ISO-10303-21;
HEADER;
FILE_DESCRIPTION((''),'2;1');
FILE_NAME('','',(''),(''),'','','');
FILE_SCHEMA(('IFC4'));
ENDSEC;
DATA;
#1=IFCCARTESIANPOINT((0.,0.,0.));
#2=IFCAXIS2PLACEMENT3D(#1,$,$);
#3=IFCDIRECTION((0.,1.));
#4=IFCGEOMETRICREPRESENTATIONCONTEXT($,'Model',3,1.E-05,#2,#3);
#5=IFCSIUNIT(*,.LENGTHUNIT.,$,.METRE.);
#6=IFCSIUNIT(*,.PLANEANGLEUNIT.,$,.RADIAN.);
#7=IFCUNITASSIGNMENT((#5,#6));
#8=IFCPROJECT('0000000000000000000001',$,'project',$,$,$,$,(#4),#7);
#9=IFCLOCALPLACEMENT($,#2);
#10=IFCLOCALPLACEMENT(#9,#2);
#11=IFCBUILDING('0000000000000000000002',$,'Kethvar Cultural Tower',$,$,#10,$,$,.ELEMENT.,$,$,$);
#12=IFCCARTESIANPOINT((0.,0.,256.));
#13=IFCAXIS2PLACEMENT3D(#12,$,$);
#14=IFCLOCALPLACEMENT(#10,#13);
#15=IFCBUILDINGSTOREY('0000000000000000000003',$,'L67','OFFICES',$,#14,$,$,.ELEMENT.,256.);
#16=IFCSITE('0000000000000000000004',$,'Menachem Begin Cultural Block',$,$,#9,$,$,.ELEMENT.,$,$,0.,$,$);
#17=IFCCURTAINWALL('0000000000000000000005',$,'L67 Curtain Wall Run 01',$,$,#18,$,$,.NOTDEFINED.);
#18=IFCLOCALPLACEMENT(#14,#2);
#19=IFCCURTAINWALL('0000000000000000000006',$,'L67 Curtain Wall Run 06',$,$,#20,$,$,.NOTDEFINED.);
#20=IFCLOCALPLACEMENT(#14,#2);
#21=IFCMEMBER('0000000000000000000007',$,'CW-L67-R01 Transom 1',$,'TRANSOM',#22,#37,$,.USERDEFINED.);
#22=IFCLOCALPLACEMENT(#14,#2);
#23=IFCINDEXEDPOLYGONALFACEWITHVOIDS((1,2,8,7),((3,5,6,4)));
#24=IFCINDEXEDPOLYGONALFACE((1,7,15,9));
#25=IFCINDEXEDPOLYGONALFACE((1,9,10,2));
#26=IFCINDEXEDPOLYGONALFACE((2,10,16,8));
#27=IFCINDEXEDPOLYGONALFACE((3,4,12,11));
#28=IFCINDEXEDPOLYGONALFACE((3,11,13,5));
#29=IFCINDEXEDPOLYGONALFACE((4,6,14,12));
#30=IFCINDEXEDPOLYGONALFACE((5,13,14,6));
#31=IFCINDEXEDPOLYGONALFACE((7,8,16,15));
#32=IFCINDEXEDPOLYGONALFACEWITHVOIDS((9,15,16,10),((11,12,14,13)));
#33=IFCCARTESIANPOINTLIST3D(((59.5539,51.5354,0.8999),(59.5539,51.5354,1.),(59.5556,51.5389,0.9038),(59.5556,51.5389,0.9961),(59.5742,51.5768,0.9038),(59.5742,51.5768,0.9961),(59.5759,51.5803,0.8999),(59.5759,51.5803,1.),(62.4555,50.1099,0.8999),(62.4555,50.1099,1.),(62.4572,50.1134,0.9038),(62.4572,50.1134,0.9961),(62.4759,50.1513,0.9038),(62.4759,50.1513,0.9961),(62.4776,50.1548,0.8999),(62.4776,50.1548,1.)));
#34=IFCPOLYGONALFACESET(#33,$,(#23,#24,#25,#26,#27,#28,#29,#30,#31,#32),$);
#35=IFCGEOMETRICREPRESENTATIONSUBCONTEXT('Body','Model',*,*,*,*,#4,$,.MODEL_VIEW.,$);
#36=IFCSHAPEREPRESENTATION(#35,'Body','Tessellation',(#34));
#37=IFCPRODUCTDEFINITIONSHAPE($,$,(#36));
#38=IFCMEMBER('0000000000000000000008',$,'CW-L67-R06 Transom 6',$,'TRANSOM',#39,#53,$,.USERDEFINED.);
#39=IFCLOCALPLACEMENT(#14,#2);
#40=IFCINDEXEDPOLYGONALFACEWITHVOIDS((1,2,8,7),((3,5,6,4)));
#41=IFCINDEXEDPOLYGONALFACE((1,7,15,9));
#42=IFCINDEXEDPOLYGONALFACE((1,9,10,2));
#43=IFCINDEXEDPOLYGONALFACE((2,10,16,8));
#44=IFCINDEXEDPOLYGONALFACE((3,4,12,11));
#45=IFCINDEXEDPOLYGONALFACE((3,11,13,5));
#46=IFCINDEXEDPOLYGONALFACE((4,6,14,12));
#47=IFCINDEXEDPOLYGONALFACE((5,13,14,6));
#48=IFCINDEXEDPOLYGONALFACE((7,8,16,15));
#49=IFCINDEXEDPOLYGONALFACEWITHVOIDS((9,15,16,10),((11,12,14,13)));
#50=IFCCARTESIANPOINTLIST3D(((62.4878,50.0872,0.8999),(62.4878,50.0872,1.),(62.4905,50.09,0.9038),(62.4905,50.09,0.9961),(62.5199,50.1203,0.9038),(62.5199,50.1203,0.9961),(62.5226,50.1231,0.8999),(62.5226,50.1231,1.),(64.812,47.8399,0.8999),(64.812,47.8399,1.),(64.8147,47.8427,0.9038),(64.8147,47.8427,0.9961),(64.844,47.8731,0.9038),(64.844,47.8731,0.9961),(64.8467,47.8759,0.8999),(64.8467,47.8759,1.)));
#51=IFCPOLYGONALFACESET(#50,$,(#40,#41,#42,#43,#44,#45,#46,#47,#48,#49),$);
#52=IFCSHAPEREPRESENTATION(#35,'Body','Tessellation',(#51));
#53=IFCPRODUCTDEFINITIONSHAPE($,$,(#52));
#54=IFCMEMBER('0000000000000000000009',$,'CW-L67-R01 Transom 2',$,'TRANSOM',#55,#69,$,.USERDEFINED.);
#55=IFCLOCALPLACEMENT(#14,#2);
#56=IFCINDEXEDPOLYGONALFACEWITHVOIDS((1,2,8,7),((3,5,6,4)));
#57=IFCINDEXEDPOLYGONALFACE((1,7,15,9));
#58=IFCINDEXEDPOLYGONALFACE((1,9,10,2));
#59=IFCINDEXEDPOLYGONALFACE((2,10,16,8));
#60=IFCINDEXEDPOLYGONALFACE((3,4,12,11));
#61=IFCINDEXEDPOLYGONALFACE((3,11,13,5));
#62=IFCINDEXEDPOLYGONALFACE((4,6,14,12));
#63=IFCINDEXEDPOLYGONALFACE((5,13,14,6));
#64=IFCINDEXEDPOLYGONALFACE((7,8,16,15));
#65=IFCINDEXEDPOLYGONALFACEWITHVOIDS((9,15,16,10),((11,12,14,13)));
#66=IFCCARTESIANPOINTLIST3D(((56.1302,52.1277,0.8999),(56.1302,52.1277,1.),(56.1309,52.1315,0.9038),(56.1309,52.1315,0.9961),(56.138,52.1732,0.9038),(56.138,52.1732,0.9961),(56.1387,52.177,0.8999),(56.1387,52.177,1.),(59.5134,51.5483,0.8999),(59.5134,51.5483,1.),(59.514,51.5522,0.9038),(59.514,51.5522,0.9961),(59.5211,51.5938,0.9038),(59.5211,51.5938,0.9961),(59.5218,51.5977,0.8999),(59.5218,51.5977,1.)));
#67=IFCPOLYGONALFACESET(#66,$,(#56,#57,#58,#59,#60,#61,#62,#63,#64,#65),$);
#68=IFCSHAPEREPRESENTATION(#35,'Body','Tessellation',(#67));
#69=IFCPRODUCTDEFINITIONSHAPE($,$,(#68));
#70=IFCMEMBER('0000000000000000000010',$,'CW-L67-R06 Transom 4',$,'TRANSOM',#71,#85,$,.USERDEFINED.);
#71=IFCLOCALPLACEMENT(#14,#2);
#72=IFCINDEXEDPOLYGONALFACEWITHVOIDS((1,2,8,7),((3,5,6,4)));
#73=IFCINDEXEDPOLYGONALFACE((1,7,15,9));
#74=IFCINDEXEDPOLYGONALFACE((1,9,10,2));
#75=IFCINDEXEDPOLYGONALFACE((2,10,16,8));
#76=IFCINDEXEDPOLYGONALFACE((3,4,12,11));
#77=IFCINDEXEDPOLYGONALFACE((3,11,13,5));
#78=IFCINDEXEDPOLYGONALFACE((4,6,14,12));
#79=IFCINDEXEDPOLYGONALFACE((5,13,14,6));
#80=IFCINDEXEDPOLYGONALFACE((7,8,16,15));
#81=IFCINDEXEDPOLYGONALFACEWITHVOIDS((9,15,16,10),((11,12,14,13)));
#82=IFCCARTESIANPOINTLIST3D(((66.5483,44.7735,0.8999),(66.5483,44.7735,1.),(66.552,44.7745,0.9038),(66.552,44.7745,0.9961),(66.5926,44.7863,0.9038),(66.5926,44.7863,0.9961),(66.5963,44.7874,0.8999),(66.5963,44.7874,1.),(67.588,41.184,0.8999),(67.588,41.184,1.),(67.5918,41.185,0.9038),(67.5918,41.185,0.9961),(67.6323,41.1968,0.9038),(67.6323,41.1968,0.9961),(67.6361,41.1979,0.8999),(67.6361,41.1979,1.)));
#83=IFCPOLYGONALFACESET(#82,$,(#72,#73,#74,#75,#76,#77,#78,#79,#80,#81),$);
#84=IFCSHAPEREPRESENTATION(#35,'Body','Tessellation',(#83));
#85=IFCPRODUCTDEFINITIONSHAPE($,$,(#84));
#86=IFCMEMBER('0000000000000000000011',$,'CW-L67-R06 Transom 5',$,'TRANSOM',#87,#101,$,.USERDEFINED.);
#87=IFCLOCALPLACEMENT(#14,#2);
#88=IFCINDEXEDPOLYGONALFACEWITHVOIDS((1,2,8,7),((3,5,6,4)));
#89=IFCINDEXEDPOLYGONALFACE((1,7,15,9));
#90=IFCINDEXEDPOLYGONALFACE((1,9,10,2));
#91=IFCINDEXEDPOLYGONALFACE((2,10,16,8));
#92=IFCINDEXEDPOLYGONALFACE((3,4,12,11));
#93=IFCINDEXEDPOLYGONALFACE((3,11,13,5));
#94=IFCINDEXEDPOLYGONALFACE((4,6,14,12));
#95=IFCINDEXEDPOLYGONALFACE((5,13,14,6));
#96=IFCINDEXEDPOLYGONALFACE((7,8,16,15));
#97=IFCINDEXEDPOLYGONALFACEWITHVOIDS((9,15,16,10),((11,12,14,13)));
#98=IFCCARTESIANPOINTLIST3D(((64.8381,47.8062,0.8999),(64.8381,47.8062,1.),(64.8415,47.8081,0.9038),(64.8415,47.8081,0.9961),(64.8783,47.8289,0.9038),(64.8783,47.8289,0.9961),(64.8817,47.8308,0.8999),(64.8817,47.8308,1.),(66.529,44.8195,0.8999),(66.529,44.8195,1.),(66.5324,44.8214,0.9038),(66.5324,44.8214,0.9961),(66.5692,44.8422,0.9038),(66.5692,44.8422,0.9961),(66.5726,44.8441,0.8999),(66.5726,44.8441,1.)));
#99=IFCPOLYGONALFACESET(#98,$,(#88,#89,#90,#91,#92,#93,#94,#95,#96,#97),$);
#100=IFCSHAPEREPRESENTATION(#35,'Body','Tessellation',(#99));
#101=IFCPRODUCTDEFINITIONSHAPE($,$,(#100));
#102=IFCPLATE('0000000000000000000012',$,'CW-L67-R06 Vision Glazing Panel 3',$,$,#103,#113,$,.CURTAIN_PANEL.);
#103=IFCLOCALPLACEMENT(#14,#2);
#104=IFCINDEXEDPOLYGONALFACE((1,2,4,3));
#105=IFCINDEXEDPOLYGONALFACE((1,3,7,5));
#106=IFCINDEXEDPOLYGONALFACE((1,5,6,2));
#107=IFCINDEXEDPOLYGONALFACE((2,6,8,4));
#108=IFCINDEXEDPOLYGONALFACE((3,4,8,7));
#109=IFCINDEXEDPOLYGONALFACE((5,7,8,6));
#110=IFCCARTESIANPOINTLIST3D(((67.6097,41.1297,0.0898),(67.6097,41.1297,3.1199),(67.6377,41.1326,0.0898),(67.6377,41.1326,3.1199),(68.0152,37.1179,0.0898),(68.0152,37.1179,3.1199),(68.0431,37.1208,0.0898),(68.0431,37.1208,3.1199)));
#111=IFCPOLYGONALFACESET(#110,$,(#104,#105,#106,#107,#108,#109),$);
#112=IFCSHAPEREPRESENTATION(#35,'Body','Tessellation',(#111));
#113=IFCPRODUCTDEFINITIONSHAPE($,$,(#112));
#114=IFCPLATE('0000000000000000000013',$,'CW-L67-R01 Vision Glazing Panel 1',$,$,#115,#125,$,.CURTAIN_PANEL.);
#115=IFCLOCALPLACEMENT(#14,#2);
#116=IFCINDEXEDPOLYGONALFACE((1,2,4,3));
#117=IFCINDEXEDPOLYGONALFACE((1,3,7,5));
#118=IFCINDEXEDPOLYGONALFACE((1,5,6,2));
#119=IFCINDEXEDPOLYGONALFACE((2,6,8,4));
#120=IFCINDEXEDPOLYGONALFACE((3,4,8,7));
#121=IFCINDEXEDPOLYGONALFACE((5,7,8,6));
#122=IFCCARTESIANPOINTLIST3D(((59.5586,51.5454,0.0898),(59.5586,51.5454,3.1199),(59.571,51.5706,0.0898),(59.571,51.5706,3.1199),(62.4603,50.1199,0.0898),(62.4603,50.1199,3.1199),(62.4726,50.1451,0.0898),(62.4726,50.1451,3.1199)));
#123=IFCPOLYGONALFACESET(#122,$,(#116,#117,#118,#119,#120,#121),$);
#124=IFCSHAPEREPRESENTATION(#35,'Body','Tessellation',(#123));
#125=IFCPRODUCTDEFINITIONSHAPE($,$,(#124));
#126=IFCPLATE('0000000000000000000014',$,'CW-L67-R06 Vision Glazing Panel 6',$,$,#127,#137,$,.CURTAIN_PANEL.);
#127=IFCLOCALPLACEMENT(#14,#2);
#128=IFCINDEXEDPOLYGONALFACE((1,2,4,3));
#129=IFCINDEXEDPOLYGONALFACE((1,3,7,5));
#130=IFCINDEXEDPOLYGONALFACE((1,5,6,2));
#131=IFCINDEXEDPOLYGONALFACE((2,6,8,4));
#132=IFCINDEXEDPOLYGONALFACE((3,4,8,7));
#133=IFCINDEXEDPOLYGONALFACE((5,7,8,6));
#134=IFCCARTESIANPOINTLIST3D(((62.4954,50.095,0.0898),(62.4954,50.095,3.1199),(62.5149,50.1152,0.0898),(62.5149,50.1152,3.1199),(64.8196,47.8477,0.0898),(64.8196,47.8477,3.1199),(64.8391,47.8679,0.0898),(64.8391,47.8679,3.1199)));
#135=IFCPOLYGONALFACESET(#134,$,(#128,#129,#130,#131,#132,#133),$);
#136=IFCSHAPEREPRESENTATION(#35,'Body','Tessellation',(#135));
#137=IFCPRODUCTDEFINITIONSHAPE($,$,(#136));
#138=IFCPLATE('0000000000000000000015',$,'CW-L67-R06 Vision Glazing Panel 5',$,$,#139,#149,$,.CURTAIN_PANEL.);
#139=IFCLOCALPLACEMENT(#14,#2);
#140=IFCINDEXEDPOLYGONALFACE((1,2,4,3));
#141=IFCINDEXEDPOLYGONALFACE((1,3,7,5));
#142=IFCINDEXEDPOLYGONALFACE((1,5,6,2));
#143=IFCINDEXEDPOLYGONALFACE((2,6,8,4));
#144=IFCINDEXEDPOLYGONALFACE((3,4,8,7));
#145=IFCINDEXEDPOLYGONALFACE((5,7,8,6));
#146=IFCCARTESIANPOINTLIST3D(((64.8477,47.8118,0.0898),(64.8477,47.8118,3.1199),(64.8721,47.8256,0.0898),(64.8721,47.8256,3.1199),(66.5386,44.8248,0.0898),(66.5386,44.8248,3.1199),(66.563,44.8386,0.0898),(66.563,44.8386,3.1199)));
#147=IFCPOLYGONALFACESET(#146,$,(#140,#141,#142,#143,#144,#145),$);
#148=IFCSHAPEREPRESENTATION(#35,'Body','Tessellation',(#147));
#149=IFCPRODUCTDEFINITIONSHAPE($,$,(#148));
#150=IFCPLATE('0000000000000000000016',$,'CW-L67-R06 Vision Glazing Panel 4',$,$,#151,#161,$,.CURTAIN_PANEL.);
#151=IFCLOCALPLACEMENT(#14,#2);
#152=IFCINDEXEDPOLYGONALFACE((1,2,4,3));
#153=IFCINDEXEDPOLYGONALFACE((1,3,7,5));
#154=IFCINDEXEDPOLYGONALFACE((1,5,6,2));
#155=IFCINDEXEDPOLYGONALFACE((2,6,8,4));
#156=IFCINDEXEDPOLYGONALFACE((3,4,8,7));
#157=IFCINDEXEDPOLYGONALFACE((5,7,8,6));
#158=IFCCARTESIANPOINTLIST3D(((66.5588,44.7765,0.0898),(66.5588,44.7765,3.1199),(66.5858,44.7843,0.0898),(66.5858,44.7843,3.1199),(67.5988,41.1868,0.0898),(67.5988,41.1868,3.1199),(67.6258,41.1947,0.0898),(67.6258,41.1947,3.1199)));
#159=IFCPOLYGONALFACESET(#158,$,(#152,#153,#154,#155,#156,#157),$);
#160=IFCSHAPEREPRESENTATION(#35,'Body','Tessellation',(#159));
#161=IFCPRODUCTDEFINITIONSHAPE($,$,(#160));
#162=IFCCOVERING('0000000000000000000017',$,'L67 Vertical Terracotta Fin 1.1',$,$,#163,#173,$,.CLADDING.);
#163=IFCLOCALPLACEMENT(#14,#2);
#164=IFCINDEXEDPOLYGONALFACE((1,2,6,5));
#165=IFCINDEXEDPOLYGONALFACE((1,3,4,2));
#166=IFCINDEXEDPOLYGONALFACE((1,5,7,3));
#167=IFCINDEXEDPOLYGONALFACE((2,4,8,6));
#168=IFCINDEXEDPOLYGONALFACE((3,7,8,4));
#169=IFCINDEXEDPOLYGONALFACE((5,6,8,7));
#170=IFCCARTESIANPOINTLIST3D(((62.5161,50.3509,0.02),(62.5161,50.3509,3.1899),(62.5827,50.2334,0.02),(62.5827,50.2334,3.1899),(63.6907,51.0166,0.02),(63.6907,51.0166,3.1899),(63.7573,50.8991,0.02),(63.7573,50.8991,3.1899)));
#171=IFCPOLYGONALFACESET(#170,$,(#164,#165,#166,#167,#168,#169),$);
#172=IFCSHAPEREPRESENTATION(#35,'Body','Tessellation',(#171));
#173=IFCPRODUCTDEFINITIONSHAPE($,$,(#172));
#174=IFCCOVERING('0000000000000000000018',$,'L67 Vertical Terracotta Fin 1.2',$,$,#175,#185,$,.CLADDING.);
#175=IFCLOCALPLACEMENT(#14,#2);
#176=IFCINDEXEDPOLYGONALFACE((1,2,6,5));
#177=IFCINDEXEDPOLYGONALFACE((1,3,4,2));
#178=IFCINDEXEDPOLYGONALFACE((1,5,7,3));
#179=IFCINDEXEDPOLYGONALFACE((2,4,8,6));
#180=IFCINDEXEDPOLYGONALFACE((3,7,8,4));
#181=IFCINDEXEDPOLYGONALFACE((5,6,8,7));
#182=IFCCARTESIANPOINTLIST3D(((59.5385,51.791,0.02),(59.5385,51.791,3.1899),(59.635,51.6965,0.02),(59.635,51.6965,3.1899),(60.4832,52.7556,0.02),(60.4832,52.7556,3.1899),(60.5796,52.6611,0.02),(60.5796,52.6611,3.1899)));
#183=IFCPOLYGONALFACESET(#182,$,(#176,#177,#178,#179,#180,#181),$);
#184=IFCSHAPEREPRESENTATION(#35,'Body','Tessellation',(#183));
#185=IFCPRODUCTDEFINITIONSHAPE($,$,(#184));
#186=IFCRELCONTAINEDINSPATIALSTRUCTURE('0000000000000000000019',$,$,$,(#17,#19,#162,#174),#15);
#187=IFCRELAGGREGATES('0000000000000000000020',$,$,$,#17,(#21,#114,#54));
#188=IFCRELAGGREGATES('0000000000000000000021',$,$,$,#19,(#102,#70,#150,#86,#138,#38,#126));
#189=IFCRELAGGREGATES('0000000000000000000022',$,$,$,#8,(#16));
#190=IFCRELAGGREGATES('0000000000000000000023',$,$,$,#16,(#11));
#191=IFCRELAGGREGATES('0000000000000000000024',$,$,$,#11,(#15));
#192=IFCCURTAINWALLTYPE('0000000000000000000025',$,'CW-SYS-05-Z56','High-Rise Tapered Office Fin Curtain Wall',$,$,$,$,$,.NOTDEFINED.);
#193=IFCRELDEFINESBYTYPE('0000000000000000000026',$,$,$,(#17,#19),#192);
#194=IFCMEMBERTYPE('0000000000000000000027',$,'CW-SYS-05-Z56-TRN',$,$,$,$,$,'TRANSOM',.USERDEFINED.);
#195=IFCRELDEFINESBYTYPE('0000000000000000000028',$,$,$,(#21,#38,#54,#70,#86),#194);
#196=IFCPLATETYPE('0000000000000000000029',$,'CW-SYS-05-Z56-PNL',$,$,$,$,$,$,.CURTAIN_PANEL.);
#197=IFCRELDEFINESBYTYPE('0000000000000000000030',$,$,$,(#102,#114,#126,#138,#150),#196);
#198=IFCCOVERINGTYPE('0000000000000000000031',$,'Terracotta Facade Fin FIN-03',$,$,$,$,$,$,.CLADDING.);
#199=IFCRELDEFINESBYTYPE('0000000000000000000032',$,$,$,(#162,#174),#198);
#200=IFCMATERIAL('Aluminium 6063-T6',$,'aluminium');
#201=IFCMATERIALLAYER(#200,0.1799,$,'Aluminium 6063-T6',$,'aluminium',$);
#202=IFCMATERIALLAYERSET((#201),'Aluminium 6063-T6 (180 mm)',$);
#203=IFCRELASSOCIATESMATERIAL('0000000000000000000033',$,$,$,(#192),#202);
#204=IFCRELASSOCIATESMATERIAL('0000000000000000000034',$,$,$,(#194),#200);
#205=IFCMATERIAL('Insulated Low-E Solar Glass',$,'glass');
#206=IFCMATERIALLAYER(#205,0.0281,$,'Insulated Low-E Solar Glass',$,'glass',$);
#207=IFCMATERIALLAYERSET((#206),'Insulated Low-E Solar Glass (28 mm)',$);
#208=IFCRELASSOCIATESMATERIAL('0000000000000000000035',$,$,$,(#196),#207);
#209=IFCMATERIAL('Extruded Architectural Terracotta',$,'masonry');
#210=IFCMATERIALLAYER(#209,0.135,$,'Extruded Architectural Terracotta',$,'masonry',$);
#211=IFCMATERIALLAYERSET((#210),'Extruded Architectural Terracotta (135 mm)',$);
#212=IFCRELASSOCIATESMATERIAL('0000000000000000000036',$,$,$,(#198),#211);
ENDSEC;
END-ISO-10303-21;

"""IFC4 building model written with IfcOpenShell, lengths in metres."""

from ifc_helpers import new_model, si_unit, direction, frame, origin, origin_2d, place, context, subcontext, project, spatial, rectangle, hollow_rectangle, extrude, source, transform, mapped, material, layer, layer_set, material_profile, profile_set, type_object, element, aggregate, save


model = new_model("IFC4")

# Units and contexts
model_context = context("Model", 3, precision=1e-05, world=origin(), true_north=direction((0.0, 1.0)))
body_context = subcontext(model_context, "Body", "Model", "MODEL_VIEW")
ifc_project = project(units=[si_unit("LENGTHUNIT", "METRE"), si_unit("PLANEANGLEUNIT", "RADIAN")], contexts=[model_context])

# Site, building, storey
site_placement = place(None, origin())
site = spatial("IfcSite", under=ifc_project, at=site_placement, Name="Menachem Begin Cultural Block", CompositionType="ELEMENT", RefElevation=0.0)
building_placement = place(site_placement, origin())
building = spatial("IfcBuilding", under=site, at=building_placement, Name="Kethvar Cultural Tower", CompositionType="ELEMENT")
storey_placement = place(building_placement, frame((0.0, 0.0, 256.0)))
storey = spatial("IfcBuildingStorey", under=building, at=storey_placement, Name="L67", Description="OFFICES", CompositionType="ELEMENT", Elevation=256.0)

# Curtain walls
ifc_material_1 = material(Name="Aluminium 6063-T6", Category="aluminium")
ifc_layer_1 = layer(ifc_material_1, 0.1799, Name="Aluminium 6063-T6", Category="aluminium")
ifc_layer_set_1 = layer_set([ifc_layer_1], Name="Aluminium 6063-T6 (180 mm)")
curtain_wall_type = type_object("IfcCurtainWallType", Name="CW-SYS-05-Z56", Description="High-Rise Tapered Office Fin Curtain Wall", PredefinedType="NOTDEFINED", material=ifc_layer_set_1)
curtain_wall_1_placement = place(storey_placement, origin())
curtain_wall_1 = element("IfcCurtainWall", 1, at=curtain_wall_1_placement, inside=storey, type_object=curtain_wall_type, Name="L67 Curtain Wall Run 01", PredefinedType="NOTDEFINED")
curtain_wall_2_placement = place(storey_placement, origin())
curtain_wall_2 = element("IfcCurtainWall", 2, at=curtain_wall_2_placement, inside=storey, type_object=curtain_wall_type, Name="L67 Curtain Wall Run 06", PredefinedType="NOTDEFINED")

# Members
ifc_material_profile_1 = material_profile(ifc_material_1, hollow_rectangle(XDim=0.05, YDim=0.1001, WallThickness=0.0039, at=origin_2d()), Name="Aluminium 6063-T6 — RHS100x50x4")
ifc_profile_set_1 = profile_set([ifc_material_profile_1], Name="Aluminium 6063-T6 — RHS100x50x4")
member_type_1 = type_object("IfcMemberType", Name="CW-SYS-05-Z56-TRN", ElementType="TRANSOM", PredefinedType="USERDEFINED", material=ifc_profile_set_1)
shared_shape_1 = source(origin(), body_context, "Body", "SweptSolid", [
    extrude(hollow_rectangle(XDim=0.05, YDim=0.1001, WallThickness=0.0039, at=origin_2d()), origin(), (0.0, 0.0, 1.0), 3.2329),
])
member_1_placement = place(storey_placement, frame((62.4666, 50.1323, 0.95), z_axis=(-0.897532, 0.44095, 0.0), x_axis=(-0.44095, -0.897532, 0.0)))
member_1 = element("IfcMember", 3, at=member_1_placement, type_object=member_type_1, Name="CW-L67-R01 Transom 1", ObjectType="TRANSOM", PredefinedType="USERDEFINED", context=body_context, shape_type="MappedRepresentation", body=[
    mapped(shared_shape_1, transform((0.0, 0.0, 0.0), scale=1.0)),
])
member_2_placement = place(storey_placement, frame((64.8293, 47.8579, 0.95), z_axis=(-0.7189, 0.695113, 0.0), x_axis=(-0.695113, -0.7189, 0.0)))
member_2 = element("IfcMember", 4, at=member_2_placement, type_object=member_type_1, Name="CW-L67-R06 Transom 6", ObjectType="TRANSOM", PredefinedType="USERDEFINED", context=body_context, shape_type="MappedRepresentation", body=[
    mapped(shared_shape_1, transform((0.0, 0.0, 0.0), scale=1.0)),
])
shared_shape_2 = source(origin(), body_context, "Body", "SweptSolid", [
    extrude(hollow_rectangle(XDim=0.05, YDim=0.1001, WallThickness=0.0039, at=origin_2d()), origin(), (0.0, 0.0, 1.0), 3.4324),
])
member_3_placement = place(storey_placement, frame((59.5176, 51.573, 0.95), z_axis=(-0.985652, 0.168792, 0.0), x_axis=(-0.168792, -0.985652, 0.0)))
member_3 = element("IfcMember", 5, at=member_3_placement, type_object=member_type_1, Name="CW-L67-R01 Transom 2", ObjectType="TRANSOM", PredefinedType="USERDEFINED", context=body_context, shape_type="MappedRepresentation", body=[
    mapped(shared_shape_2, transform((0.0, 0.0, 0.0), scale=1.0)),
])
shared_shape_3 = source(origin(), body_context, "Body", "SweptSolid", [
    extrude(hollow_rectangle(XDim=0.05, YDim=0.1001, WallThickness=0.0039, at=origin_2d()), origin(), (0.0, 0.0, 1.0), 3.7371),
])
member_4_placement = place(storey_placement, frame((67.6121, 41.1909, 0.95), z_axis=(-0.278231, 0.960514, 0.0), x_axis=(-0.960514, -0.278231, 0.0)))
member_4 = element("IfcMember", 6, at=member_4_placement, type_object=member_type_1, Name="CW-L67-R06 Transom 4", ObjectType="TRANSOM", PredefinedType="USERDEFINED", context=body_context, shape_type="MappedRepresentation", body=[
    mapped(shared_shape_3, transform((0.0, 0.0, 0.0), scale=1.0)),
])
shared_shape_4 = source(origin(), body_context, "Body", "SweptSolid", [
    extrude(hollow_rectangle(XDim=0.05, YDim=0.1001, WallThickness=0.0039, at=origin_2d()), origin(), (0.0, 0.0, 1.0), 3.4321),
])
member_5_placement = place(storey_placement, frame((66.5508, 44.8318, 0.95), z_axis=(-0.492657, 0.870223, 0.0), x_axis=(-0.870223, -0.492657, 0.0)))
member_5 = element("IfcMember", 7, at=member_5_placement, type_object=member_type_1, Name="CW-L67-R06 Transom 5", ObjectType="TRANSOM", PredefinedType="USERDEFINED", context=body_context, shape_type="MappedRepresentation", body=[
    mapped(shared_shape_4, transform((0.0, 0.0, 0.0), scale=1.0)),
])

# Plates
ifc_material_2 = material(Name="Insulated Low-E Solar Glass", Category="glass")
ifc_layer_2 = layer(ifc_material_2, 0.0281, Name="Insulated Low-E Solar Glass", Category="glass")
ifc_layer_set_2 = layer_set([ifc_layer_2], Name="Insulated Low-E Solar Glass (28 mm)")
plate_type = type_object("IfcPlateType", Name="CW-SYS-05-Z56-PNL", PredefinedType="CURTAIN_PANEL", material=ifc_layer_set_2)
shared_shape_5 = source(origin(), body_context, "Body", "SweptSolid", [
    extrude(rectangle(XDim=4.0322, YDim=0.0281, at=origin_2d()), origin(), (0.0, 0.0, 1.0), 3.03),
])
plate_1_placement = place(storey_placement, frame((67.8264, 39.1252, 0.0898), z_axis=(0.0, 0.0, 1.0), x_axis=(-0.100553, 0.994932, 0.0)))
plate_1 = element("IfcPlate", 8, at=plate_1_placement, type_object=plate_type, Name="CW-L67-R06 Vision Glazing Panel 3", PredefinedType="CURTAIN_PANEL", context=body_context, shape_type="MappedRepresentation", body=[
    mapped(shared_shape_5, transform((0.0, 0.0, 0.0), scale=1.0)),
])
shared_shape_6 = source(origin(), body_context, "Body", "SweptSolid", [
    extrude(rectangle(XDim=3.2329, YDim=0.0281, at=origin_2d()), origin(), (0.0, 0.0, 1.0), 3.03),
])
plate_2_placement = place(storey_placement, frame((61.0156, 50.8452, 0.0898), z_axis=(0.0, 0.0, 1.0), x_axis=(-0.897536, 0.440942, 0.0)))
plate_2 = element("IfcPlate", 9, at=plate_2_placement, type_object=plate_type, Name="CW-L67-R01 Vision Glazing Panel 1", PredefinedType="CURTAIN_PANEL", context=body_context, shape_type="MappedRepresentation", body=[
    mapped(shared_shape_6, transform((0.0, 0.0, 0.0), scale=1.0)),
])
aggregate(curtain_wall_1, [member_1, plate_2, member_3])
plate_3_placement = place(storey_placement, frame((63.6672, 48.9814, 0.0898), z_axis=(0.0, 0.0, 1.0), x_axis=(-0.718903, 0.69511, 0.0)))
plate_3 = element("IfcPlate", 10, at=plate_3_placement, type_object=plate_type, Name="CW-L67-R06 Vision Glazing Panel 6", PredefinedType="CURTAIN_PANEL", context=body_context, shape_type="MappedRepresentation", body=[
    mapped(shared_shape_6, transform((0.0, 0.0, 0.0), scale=1.0)),
])
shared_shape_7 = source(origin(), body_context, "Body", "SweptSolid", [
    extrude(rectangle(XDim=3.4324, YDim=0.0281, at=origin_2d()), origin(), (0.0, 0.0, 1.0), 3.03),
])
plate_4_placement = place(storey_placement, frame((65.7053, 46.3252, 0.0898), z_axis=(0.0, 0.0, 1.0), x_axis=(-0.492636, 0.870235, 0.0)))
plate_4 = element("IfcPlate", 11, at=plate_4_placement, type_object=plate_type, Name="CW-L67-R06 Vision Glazing Panel 5", PredefinedType="CURTAIN_PANEL", context=body_context, shape_type="MappedRepresentation", body=[
    mapped(shared_shape_7, transform((0.0, 0.0, 0.0), scale=1.0)),
])
shared_shape_8 = source(origin(), body_context, "Body", "SweptSolid", [
    extrude(rectangle(XDim=3.7373, YDim=0.0281, at=origin_2d()), origin(), (0.0, 0.0, 1.0), 3.03),
])
plate_5_placement = place(storey_placement, frame((67.0923, 42.9856, 0.0898), z_axis=(0.0, 0.0, 1.0), x_axis=(-0.27827, 0.960503, 0.0)))
plate_5 = element("IfcPlate", 12, at=plate_5_placement, type_object=plate_type, Name="CW-L67-R06 Vision Glazing Panel 4", PredefinedType="CURTAIN_PANEL", context=body_context, shape_type="MappedRepresentation", body=[
    mapped(shared_shape_8, transform((0.0, 0.0, 0.0), scale=1.0)),
])
aggregate(curtain_wall_2, [plate_1, member_4, plate_5, member_5, plate_4, member_2, plate_3])

# Coverings
ifc_material_3 = material(Name="Extruded Architectural Terracotta", Category="masonry")
ifc_layer_3 = layer(ifc_material_3, 0.135, Name="Extruded Architectural Terracotta", Category="masonry")
ifc_layer_set_3 = layer_set([ifc_layer_3], Name="Extruded Architectural Terracotta (135 mm)")
covering_type = type_object("IfcCoveringType", Name="Terracotta Facade Fin FIN-03", PredefinedType="CLADDING", material=ifc_layer_set_3)
shared_shape_9 = source(origin(), body_context, "Body", "SweptSolid", [
    extrude(rectangle(XDim=1.3501, YDim=0.135, at=origin_2d()), origin(), (0.0, 0.0, 1.0), 3.1699),
])
for number, where, z_axis, x_axis, name in (
    (13, (63.1367, 50.625, 0.02), (0.0, 0.0, 1.0), (0.870012, 0.493031, 0.0), "L67 Vertical Terracotta Fin 1.1"),
    (14, (60.0591, 52.2261, 0.02), (0.0, 0.0, 1.0), (0.699663, 0.714473, 0.0), "L67 Vertical Terracotta Fin 1.2"),
):
    element("IfcCovering", number, at=place(storey_placement, frame(where, z_axis=z_axis, x_axis=x_axis)), inside=storey, type_object=covering_type, Name=name, PredefinedType="CLADDING", context=body_context, shape_type="MappedRepresentation", body=[
        mapped(shared_shape_9, transform((0.0, 0.0, 0.0), scale=1.0)),
    ])

save(model, "model.ifc")
